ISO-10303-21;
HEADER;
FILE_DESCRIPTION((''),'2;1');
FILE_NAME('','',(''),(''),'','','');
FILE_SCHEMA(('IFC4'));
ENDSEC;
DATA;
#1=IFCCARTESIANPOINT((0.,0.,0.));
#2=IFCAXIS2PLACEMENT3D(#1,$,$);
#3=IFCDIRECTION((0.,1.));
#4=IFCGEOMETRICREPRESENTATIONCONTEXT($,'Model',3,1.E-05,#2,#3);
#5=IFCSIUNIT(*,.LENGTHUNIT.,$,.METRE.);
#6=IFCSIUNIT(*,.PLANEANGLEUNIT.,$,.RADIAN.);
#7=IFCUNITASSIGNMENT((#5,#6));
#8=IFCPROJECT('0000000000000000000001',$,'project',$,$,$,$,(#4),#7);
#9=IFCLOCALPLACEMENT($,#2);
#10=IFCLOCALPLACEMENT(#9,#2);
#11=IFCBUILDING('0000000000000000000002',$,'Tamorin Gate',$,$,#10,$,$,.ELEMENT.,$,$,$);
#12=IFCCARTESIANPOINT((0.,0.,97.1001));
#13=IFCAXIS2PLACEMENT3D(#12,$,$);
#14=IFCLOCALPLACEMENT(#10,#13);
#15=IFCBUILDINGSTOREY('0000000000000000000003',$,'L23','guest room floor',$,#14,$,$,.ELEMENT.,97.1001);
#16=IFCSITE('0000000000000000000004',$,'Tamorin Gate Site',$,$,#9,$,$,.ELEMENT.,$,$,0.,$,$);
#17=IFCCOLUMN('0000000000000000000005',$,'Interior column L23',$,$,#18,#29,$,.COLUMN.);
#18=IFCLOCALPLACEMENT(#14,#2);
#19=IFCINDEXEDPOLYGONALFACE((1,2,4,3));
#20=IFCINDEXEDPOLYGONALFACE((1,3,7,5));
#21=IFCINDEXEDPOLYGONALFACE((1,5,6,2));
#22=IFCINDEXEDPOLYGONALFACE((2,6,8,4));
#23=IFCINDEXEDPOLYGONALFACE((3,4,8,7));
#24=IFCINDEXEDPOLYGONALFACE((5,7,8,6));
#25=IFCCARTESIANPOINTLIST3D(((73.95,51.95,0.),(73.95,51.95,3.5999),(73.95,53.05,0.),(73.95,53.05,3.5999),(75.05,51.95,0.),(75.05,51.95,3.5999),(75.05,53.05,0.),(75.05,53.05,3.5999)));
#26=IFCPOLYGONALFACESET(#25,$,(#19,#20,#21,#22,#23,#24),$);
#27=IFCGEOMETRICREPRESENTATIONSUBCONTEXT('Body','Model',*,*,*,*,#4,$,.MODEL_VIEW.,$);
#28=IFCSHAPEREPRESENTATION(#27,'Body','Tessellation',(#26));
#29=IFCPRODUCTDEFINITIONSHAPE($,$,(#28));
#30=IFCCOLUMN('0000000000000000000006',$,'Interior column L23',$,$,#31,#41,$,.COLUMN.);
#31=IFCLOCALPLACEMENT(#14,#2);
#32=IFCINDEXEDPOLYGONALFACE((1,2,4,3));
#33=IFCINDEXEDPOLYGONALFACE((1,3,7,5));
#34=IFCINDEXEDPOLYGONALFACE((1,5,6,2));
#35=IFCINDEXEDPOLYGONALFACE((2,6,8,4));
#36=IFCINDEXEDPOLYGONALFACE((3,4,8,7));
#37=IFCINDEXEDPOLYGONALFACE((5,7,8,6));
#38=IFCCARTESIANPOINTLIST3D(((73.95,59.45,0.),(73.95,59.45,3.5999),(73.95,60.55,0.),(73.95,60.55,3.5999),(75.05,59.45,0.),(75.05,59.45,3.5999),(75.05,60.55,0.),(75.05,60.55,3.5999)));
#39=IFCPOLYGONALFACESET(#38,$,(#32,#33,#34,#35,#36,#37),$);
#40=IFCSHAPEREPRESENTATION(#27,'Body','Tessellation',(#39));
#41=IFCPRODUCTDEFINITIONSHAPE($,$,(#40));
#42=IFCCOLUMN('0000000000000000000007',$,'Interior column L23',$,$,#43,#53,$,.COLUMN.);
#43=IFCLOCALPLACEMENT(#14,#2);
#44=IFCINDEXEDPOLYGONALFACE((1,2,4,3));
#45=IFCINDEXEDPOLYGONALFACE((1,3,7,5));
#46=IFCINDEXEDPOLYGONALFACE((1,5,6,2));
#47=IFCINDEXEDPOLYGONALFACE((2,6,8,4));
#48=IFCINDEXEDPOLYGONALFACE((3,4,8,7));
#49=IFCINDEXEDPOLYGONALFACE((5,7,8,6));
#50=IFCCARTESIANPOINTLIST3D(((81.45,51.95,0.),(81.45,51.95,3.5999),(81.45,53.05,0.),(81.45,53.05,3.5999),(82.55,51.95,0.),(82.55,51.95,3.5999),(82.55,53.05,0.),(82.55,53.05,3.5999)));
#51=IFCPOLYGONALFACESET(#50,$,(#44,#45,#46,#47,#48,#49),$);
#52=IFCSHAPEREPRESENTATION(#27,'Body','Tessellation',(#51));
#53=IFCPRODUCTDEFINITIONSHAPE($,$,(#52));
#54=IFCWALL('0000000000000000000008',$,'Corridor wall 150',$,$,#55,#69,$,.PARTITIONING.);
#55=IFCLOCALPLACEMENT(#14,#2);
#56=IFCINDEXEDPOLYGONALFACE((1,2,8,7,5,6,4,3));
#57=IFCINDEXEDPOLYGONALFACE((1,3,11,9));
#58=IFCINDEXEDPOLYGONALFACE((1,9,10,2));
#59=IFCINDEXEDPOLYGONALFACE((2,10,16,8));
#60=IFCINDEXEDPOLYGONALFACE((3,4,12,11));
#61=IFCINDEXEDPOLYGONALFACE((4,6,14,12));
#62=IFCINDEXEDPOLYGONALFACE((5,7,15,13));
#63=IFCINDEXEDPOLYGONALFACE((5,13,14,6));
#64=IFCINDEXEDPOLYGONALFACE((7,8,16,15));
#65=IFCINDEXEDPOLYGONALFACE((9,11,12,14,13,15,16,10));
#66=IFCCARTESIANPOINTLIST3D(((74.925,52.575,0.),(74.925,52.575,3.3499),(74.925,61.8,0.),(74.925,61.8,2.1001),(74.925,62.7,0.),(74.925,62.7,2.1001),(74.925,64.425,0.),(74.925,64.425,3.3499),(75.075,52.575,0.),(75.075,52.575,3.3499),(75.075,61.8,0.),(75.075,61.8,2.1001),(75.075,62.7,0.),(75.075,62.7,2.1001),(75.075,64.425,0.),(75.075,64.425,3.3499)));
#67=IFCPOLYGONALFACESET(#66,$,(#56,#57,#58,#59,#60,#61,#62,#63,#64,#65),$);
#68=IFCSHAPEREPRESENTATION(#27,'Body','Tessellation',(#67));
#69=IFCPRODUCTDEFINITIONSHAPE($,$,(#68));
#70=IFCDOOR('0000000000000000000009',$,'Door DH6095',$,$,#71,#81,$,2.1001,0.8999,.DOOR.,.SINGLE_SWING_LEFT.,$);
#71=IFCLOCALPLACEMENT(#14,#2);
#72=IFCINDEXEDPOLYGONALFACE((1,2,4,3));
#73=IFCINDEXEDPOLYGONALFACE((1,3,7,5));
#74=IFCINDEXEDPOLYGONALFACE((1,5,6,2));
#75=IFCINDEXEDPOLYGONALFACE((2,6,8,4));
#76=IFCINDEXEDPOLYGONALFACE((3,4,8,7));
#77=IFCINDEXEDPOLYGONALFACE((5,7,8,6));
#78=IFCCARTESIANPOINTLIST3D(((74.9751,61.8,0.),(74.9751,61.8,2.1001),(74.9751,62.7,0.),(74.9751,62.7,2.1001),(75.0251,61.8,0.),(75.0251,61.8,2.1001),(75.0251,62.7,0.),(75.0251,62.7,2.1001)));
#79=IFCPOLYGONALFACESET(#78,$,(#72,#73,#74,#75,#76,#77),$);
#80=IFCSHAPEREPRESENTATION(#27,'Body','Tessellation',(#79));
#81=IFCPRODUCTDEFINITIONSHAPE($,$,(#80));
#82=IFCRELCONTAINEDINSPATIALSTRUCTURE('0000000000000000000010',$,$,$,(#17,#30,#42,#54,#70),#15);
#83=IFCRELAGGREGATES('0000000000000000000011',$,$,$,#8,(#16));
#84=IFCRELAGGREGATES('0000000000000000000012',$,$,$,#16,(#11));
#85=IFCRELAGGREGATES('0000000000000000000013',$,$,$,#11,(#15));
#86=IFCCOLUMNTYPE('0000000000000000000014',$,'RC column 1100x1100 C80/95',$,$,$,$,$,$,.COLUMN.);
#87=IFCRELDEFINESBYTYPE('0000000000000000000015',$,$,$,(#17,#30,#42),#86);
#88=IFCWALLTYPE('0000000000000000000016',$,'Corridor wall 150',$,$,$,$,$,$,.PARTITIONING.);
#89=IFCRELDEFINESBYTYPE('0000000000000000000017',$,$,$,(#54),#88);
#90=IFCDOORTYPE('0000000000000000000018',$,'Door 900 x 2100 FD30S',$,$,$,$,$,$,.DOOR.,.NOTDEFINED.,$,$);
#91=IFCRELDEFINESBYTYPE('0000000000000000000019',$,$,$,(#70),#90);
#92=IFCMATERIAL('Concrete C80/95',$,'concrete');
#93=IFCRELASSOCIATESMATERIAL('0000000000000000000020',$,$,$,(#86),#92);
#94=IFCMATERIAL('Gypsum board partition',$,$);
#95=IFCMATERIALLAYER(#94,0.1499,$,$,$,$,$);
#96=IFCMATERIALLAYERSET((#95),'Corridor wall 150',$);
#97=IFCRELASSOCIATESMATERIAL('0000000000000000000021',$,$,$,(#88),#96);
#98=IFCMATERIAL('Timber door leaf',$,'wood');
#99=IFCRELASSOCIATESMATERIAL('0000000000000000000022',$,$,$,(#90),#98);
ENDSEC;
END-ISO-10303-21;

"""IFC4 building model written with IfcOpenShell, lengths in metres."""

from ifc_helpers import new_model, si_unit, direction, frame, frame_2d, origin, origin_2d, place, context, subcontext, project, spatial, rectangle, extrude, material, layer, layer_set, material_profile, profile_set, type_object, element, fill, save


model = new_model("IFC4")

# Units and contexts
model_context = context("Model", 3, precision=1e-05, world=origin(), true_north=direction((0.0, 1.0)))
body_context = subcontext(model_context, "Body", "Model", "MODEL_VIEW")
ifc_project = project(units=[si_unit("LENGTHUNIT", "METRE"), si_unit("PLANEANGLEUNIT", "RADIAN")], contexts=[model_context])

# Site, building, storey
site_placement = place(None, origin())
site = spatial("IfcSite", under=ifc_project, at=site_placement, Name="Tamorin Gate Site", CompositionType="ELEMENT", RefElevation=0.0)
building_placement = place(site_placement, origin())
building = spatial("IfcBuilding", under=site, at=building_placement, Name="Tamorin Gate", CompositionType="ELEMENT")
storey_placement = place(building_placement, frame((0.0, 0.0, 97.1001)))
storey = spatial("IfcBuildingStorey", under=building, at=storey_placement, Name="L23", Description="guest room floor", CompositionType="ELEMENT", Elevation=97.1001)

# Columns
ifc_material_1 = material(Name="Concrete C80/95", Category="concrete")
ifc_material_profile = material_profile(ifc_material_1, rectangle(XDim=1.1001, YDim=1.1001, at=origin_2d()), Name="RC 1100x1100")
ifc_profile_set = profile_set([ifc_material_profile], Name="Concrete C80/95")
column_type = type_object("IfcColumnType", Name="RC column 1100x1100 C80/95", PredefinedType="COLUMN", material=ifc_profile_set)
for number, where, z_axis, x_axis, name in (
    (1, (74.5, 52.5, 0.0), (0.0, 0.0, 1.0), (1.0, 0.0, 0.0), "Interior column L23"),
    (2, (74.5, 60.0, 0.0), (0.0, 0.0, 1.0), (1.0, 0.0, 0.0), "Interior column L23"),
    (3, (82.0, 52.5, 0.0), (0.0, 0.0, 1.0), (1.0, 0.0, 0.0), "Interior column L23"),
):
    element("IfcColumn", number, at=place(storey_placement, frame(where, z_axis=z_axis, x_axis=x_axis)), inside=storey, type_object=column_type, Name=name, PredefinedType="COLUMN", context=body_context, shape_type="SweptSolid", body=[
        extrude(rectangle(XDim=1.1001, YDim=1.1001, at=origin_2d()), origin(), (0.0, 0.0, 1.0), 3.5999),
    ])

# Wall, opening, door
ifc_material_2 = material(Name="Gypsum board partition")
ifc_layer_1 = layer(ifc_material_2, 0.1499)
ifc_layer_set_1 = layer_set([ifc_layer_1], Name="Corridor wall 150")
wall_type_1 = type_object("IfcWallType", Name="Corridor wall 150", PredefinedType="PARTITIONING", material=ifc_layer_set_1)
wall_1_placement = place(storey_placement, frame((75.0, 52.575, 0.0), z_axis=(0.0, 0.0, 1.0), x_axis=(0.0, 1.0, 0.0)))
wall_1 = element("IfcWall", 4, at=wall_1_placement, inside=storey, type_object=wall_type_1, Name="Corridor wall 150", PredefinedType="PARTITIONING", context=body_context, shape_type="SweptSolid", body=[
    extrude(rectangle(XDim=11.8501, YDim=0.1499, at=frame_2d((5.925, 0.0))), origin(), (0.0, 0.0, 1.0), 3.3499),
])
opening_1_placement = place(wall_1_placement, frame((9.2251, 0.0, 0.0)))
opening_1 = element("IfcOpeningElement", 5, at=opening_1_placement, cuts=wall_1, PredefinedType="OPENING", context=body_context, shape_type="SweptSolid", body=[
    extrude(rectangle(XDim=0.8999, YDim=2.1001, at=frame_2d((0.45, 1.05))), frame((0.0, 0.085, 0.0), z_axis=(0.0, -1.0, 0.0), x_axis=(1.0, 0.0, 0.0)), (0.0, 0.0, 1.0), 0.1699),
])
ifc_material_3 = material(Name="Timber door leaf", Category="wood")
door_type_1 = type_object("IfcDoorType", Name="Door 900 x 2100 FD30S", OperationType="NOTDEFINED", PredefinedType="DOOR", material=ifc_material_3)
door_1_placement = place(opening_1_placement, origin())
door_1 = element("IfcDoor", 6, at=door_1_placement, inside=storey, type_object=door_type_1, Name="Door DH6095", OperationType="SINGLE_SWING_LEFT", OverallHeight=2.1001, OverallWidth=0.8999, PredefinedType="DOOR", context=body_context, shape_type="SweptSolid", body=[
    extrude(rectangle(XDim=0.8999, YDim=2.1001, at=frame_2d((0.45, 1.05))), frame((0.0, 0.0249, 0.0), z_axis=(0.0, -1.0, 0.0), x_axis=(1.0, 0.0, 0.0)), (0.0, 0.0, 1.0), 0.05),
])
fill(opening_1, door_1)

save(model, "model.ifc")
